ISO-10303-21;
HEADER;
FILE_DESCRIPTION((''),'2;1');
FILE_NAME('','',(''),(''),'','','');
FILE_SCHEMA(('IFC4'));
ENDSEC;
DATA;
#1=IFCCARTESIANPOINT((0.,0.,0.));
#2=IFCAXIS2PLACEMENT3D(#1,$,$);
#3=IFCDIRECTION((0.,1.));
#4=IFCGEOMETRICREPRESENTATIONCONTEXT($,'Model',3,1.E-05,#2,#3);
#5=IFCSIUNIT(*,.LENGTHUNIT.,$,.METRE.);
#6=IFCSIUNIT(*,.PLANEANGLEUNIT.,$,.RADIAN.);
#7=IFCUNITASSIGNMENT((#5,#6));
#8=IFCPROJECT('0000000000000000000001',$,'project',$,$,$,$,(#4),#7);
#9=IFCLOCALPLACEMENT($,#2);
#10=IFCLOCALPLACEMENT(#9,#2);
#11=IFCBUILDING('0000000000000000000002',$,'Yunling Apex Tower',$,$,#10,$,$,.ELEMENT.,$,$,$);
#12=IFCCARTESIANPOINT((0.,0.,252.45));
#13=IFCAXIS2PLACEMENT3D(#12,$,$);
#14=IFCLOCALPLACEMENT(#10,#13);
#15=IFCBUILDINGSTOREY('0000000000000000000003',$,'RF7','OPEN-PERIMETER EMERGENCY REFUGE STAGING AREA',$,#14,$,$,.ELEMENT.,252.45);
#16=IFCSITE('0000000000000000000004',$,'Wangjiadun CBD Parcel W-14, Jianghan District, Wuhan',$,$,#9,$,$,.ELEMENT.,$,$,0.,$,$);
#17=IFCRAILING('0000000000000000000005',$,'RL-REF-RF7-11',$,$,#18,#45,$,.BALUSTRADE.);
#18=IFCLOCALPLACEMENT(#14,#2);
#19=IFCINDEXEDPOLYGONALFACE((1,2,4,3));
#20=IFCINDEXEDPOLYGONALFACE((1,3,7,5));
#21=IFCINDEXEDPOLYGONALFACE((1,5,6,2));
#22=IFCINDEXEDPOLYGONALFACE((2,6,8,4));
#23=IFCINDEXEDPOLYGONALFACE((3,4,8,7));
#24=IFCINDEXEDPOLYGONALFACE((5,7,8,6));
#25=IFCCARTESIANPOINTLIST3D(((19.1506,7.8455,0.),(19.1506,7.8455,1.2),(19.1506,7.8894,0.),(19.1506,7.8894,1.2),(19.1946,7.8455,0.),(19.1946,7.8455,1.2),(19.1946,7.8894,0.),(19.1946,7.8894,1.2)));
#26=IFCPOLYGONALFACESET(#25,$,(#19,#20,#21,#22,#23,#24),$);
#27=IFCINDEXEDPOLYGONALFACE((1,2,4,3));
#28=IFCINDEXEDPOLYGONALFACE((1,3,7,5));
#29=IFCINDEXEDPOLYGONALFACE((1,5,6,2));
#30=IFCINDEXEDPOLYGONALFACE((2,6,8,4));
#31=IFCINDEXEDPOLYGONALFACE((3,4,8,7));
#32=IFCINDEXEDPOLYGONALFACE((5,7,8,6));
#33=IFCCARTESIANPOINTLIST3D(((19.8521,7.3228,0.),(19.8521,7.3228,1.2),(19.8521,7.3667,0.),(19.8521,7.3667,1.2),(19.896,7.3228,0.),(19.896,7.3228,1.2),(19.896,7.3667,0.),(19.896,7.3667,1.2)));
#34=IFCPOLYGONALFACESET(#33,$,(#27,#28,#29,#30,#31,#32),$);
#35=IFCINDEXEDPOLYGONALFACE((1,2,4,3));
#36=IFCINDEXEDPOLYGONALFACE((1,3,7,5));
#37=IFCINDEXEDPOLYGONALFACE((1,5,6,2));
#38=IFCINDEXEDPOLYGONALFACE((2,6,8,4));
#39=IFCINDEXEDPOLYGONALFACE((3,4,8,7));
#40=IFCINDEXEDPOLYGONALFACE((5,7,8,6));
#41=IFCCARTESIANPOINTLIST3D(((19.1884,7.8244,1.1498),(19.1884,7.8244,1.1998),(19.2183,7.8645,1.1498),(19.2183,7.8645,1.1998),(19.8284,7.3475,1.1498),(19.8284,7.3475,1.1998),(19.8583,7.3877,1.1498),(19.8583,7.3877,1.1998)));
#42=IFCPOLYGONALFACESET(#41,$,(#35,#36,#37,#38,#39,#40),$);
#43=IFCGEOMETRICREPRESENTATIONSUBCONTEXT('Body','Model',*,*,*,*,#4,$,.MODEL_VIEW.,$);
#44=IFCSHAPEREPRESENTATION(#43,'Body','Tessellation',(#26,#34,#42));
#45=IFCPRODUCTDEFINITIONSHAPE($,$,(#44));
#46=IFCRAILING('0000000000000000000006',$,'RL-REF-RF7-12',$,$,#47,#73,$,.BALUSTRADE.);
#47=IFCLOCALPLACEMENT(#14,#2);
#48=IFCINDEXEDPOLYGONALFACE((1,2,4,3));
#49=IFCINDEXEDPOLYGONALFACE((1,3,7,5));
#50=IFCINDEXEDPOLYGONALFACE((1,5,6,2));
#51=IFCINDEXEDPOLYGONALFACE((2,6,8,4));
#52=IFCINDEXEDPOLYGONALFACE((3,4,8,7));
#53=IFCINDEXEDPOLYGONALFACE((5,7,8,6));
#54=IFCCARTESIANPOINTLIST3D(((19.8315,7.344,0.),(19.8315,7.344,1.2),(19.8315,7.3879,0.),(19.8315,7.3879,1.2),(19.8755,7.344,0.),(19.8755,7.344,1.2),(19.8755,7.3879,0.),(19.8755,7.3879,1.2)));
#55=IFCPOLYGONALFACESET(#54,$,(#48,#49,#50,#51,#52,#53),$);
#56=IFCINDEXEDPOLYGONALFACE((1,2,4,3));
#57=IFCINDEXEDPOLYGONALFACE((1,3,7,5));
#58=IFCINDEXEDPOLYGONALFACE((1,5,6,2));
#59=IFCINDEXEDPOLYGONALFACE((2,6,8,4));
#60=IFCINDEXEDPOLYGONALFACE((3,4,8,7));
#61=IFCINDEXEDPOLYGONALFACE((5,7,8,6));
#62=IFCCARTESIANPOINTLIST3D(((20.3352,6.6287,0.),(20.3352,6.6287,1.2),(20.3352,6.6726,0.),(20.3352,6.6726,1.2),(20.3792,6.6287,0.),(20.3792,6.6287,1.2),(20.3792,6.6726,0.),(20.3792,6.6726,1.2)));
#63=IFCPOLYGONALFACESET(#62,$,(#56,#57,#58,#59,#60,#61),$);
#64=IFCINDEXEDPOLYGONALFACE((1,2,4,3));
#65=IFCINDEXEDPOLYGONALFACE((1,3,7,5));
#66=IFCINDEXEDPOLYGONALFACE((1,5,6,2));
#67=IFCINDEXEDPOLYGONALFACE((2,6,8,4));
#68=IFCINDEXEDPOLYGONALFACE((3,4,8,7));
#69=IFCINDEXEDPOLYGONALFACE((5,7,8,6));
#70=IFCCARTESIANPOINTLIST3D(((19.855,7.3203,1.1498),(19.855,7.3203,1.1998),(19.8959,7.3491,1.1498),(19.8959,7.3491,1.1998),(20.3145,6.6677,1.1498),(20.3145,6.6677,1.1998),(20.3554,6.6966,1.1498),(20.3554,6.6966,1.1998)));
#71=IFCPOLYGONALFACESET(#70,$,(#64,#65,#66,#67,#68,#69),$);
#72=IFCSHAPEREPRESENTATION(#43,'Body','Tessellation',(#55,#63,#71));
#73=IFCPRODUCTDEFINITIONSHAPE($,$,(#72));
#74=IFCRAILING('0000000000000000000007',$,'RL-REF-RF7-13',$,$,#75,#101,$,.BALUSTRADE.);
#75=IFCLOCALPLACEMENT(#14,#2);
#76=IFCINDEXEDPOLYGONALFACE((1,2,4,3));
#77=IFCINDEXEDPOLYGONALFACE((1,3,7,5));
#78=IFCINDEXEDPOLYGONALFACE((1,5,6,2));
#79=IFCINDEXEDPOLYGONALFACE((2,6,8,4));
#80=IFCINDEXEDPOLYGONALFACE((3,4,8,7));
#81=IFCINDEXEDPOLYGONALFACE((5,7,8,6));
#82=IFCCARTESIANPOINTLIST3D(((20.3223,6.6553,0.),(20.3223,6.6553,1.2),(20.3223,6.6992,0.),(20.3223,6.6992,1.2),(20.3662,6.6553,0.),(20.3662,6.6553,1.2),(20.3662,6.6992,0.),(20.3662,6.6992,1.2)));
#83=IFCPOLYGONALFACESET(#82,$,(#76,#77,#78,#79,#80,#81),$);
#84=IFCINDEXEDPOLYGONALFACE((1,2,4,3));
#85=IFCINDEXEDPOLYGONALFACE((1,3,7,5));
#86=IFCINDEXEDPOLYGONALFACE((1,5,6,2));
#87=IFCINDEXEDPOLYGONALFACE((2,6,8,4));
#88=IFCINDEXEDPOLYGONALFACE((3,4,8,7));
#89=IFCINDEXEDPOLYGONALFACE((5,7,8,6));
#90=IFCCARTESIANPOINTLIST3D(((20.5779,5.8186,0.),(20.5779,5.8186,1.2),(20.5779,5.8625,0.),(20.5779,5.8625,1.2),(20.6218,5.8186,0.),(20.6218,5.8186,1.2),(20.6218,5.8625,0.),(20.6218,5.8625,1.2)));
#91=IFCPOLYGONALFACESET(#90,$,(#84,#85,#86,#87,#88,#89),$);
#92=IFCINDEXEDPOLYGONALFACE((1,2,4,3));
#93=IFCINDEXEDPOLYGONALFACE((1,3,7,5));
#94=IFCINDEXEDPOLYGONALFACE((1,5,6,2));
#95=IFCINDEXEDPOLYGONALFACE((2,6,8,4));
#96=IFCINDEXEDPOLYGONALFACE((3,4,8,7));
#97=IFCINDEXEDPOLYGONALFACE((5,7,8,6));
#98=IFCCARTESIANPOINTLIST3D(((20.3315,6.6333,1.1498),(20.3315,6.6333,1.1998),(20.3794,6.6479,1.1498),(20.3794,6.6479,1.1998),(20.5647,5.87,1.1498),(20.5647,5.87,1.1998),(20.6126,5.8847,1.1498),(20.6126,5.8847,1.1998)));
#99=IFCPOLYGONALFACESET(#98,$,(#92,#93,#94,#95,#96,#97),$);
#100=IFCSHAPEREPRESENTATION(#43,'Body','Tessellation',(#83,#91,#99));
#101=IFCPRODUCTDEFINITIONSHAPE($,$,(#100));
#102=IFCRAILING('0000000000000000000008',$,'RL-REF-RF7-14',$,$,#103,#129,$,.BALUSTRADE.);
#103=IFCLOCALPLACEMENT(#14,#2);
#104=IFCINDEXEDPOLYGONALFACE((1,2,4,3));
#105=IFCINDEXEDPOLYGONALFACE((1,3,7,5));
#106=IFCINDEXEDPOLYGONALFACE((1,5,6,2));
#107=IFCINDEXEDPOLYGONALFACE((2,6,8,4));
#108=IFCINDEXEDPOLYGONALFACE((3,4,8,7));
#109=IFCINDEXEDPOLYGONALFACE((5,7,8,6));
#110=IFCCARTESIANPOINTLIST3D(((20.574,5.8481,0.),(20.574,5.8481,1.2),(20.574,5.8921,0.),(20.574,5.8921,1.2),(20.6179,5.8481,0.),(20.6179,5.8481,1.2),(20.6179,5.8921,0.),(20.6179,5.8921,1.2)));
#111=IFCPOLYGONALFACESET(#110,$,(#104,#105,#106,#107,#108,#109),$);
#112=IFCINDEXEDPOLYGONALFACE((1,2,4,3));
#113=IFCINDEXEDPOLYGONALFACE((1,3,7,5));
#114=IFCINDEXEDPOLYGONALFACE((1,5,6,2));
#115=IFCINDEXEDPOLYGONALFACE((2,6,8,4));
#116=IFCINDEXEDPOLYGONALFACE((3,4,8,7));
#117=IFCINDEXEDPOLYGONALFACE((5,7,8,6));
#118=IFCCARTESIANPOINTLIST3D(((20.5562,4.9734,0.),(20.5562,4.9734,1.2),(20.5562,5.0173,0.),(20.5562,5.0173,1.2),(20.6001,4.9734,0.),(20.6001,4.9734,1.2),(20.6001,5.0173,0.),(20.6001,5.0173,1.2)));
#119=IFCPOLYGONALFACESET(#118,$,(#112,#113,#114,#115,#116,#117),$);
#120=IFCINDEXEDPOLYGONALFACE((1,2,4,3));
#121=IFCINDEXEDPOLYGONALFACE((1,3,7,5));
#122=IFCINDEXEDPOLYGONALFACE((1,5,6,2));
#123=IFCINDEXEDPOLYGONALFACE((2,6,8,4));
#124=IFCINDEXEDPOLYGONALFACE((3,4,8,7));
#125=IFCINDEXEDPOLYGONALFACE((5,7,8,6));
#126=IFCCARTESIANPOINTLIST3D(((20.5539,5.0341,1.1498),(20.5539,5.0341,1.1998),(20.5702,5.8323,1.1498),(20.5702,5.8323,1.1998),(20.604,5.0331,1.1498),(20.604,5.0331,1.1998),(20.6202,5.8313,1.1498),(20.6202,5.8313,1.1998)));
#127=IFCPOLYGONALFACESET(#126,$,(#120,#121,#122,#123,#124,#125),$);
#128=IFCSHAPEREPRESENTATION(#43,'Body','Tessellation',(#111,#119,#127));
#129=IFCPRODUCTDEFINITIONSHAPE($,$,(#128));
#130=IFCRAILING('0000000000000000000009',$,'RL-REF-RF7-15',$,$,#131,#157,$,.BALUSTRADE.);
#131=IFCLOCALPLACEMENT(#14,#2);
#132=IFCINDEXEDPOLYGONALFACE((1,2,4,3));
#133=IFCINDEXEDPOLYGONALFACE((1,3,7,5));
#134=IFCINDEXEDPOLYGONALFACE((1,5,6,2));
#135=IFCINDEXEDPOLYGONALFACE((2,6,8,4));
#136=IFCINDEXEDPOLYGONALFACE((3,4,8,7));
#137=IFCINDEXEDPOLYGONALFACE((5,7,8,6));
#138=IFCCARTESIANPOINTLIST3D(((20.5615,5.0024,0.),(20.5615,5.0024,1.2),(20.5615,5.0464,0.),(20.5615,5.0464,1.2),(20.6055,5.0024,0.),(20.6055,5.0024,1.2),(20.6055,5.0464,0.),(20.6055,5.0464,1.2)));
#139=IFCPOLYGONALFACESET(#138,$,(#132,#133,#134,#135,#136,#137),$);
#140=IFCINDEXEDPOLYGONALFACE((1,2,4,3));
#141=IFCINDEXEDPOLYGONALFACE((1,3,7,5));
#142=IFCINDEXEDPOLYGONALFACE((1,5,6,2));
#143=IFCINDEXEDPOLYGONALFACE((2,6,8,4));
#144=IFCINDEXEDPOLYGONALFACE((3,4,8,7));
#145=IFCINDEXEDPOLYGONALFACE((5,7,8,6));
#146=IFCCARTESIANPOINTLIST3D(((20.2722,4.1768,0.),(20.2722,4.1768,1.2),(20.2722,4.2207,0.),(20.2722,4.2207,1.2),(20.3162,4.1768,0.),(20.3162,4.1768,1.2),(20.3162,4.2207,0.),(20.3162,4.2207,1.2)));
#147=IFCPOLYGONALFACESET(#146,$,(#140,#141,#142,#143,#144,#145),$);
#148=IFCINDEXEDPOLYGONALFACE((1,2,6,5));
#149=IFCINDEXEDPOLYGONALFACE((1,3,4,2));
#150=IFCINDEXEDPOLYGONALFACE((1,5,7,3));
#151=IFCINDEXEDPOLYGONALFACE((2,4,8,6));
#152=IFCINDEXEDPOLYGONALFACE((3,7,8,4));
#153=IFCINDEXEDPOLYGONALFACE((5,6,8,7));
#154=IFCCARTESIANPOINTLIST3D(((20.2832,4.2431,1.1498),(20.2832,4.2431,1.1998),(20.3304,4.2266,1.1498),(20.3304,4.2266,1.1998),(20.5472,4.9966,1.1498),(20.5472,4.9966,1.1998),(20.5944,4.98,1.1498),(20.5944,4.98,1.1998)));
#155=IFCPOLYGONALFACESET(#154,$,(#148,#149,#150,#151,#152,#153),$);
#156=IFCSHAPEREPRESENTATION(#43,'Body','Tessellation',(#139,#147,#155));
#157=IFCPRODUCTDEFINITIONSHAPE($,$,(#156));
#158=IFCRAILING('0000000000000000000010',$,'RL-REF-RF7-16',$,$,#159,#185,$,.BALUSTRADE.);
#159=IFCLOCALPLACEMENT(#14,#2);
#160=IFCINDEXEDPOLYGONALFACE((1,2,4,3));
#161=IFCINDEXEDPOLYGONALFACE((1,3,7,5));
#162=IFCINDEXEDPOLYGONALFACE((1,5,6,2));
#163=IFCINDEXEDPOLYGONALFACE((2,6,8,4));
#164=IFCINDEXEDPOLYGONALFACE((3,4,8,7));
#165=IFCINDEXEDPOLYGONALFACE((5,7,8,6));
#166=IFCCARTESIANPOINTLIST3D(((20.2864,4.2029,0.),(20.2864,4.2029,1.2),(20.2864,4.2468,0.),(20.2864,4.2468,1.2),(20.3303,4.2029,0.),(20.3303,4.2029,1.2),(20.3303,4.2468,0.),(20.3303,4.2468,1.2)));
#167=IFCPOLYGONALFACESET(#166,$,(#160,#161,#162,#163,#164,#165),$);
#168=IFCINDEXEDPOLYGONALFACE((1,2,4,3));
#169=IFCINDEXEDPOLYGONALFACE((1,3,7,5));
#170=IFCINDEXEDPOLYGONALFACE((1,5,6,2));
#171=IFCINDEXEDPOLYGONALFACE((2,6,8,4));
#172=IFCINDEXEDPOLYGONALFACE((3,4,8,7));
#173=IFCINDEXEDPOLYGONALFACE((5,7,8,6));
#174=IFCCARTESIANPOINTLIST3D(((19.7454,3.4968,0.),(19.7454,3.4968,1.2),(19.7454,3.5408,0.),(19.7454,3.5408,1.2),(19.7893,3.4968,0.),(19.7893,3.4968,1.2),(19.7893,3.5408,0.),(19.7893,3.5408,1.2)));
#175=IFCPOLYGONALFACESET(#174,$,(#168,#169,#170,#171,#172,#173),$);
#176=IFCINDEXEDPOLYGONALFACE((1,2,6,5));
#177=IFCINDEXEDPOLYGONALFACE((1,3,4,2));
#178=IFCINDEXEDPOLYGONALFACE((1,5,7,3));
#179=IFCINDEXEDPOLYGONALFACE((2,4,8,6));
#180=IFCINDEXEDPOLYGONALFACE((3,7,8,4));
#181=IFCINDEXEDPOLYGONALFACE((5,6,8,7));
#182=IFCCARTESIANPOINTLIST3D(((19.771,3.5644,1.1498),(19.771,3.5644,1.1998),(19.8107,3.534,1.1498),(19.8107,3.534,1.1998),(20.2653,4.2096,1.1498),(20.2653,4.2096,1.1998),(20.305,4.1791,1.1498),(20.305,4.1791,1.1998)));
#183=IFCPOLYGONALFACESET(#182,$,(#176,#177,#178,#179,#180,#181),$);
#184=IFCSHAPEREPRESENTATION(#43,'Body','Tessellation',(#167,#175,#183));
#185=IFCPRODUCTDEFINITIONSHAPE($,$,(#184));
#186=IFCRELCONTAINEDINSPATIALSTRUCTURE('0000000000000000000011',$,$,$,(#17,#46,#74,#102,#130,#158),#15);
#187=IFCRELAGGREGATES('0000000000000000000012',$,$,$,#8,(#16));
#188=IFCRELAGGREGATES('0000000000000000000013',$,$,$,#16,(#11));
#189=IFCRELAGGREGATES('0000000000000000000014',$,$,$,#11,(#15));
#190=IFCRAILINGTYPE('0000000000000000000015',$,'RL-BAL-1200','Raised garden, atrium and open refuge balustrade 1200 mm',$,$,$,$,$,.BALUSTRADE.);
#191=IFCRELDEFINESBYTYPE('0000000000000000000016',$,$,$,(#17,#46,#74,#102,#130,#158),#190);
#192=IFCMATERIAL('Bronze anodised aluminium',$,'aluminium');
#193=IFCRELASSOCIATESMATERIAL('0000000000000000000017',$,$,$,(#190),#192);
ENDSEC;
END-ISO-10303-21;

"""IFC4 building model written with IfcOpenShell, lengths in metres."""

from ifc_helpers import new_model, si_unit, direction, frame, origin, origin_2d, place, context, subcontext, project, spatial, rectangle, extrude, material, type_object, element, save


model = new_model("IFC4")

# Units and contexts
model_context = context("Model", 3, precision=1e-05, world=origin(), true_north=direction((0.0, 1.0)))
body_context = subcontext(model_context, "Body", "Model", "MODEL_VIEW")
ifc_project = project(units=[si_unit("LENGTHUNIT", "METRE"), si_unit("PLANEANGLEUNIT", "RADIAN")], contexts=[model_context])

# Site, building, storey
site_placement = place(None, origin())
site = spatial("IfcSite", under=ifc_project, at=site_placement, Name="Wangjiadun CBD Parcel W-14, Jianghan District, Wuhan", CompositionType="ELEMENT", RefElevation=0.0)
building_placement = place(site_placement, origin())
building = spatial("IfcBuilding", under=site, at=building_placement, Name="Yunling Apex Tower", CompositionType="ELEMENT")
storey_placement = place(building_placement, frame((0.0, 0.0, 252.45)))
storey = spatial("IfcBuildingStorey", under=building, at=storey_placement, Name="RF7", Description="OPEN-PERIMETER EMERGENCY REFUGE STAGING AREA", CompositionType="ELEMENT", Elevation=252.45)

# Railings
ifc_material_1 = material(Name="Bronze anodised aluminium", Category="aluminium")
railing_type = type_object("IfcRailingType", Name="RL-BAL-1200", Description="Raised garden, atrium and open refuge balustrade 1200 mm", PredefinedType="BALUSTRADE", material=ifc_material_1)
railing_1_placement = place(storey_placement, frame((19.1726, 7.8674, 0.0)))
element("IfcRailing", 1, at=railing_1_placement, inside=storey, type_object=railing_type, Name="RL-REF-RF7-11", PredefinedType="BALUSTRADE", context=body_context, shape_type="SweptSolid", body=[
    extrude(rectangle(XDim=0.0439, YDim=0.0439, at=origin_2d()), origin(), (0.0, 0.0, 1.0), 1.2),
    extrude(rectangle(XDim=0.0439, YDim=0.0439, at=origin_2d()), frame((0.7014, -0.5227, 0.0)), (0.0, 0.0, 1.0), 1.2),
    extrude(rectangle(XDim=0.05, YDim=0.05, at=origin_2d()), frame((0.0308, -0.0229, 1.1748), z_axis=(0.801838, -0.597541, 0.0), x_axis=(0.597541, 0.801838, 0.0)), (0.0, 0.0, 1.0), 0.7981),
])
railing_2_placement = place(storey_placement, frame((19.8535, 7.366, 0.0)))
element("IfcRailing", 2, at=railing_2_placement, inside=storey, type_object=railing_type, Name="RL-REF-RF7-12", PredefinedType="BALUSTRADE", context=body_context, shape_type="SweptSolid", body=[
    extrude(rectangle(XDim=0.0439, YDim=0.0439, at=origin_2d()), origin(), (0.0, 0.0, 1.0), 1.2),
    extrude(rectangle(XDim=0.0439, YDim=0.0439, at=origin_2d()), frame((0.5037, -0.7153, 0.0)), (0.0, 0.0, 1.0), 1.2),
    extrude(rectangle(XDim=0.05, YDim=0.05, at=origin_2d()), frame((0.022, -0.0312, 1.1748), z_axis=(0.575708, -0.817656, 0.0), x_axis=(0.817656, 0.575708, 0.0)), (0.0, 0.0, 1.0), 0.7981),
])
railing_3_placement = place(storey_placement, frame((20.3442, 6.6772, 0.0)))
element("IfcRailing", 3, at=railing_3_placement, inside=storey, type_object=railing_type, Name="RL-REF-RF7-13", PredefinedType="BALUSTRADE", context=body_context, shape_type="SweptSolid", body=[
    extrude(rectangle(XDim=0.0439, YDim=0.0439, at=origin_2d()), origin(), (0.0, 0.0, 1.0), 1.2),
    extrude(rectangle(XDim=0.0439, YDim=0.0439, at=origin_2d()), frame((0.2556, -0.8367, 0.0)), (0.0, 0.0, 1.0), 1.2),
    extrude(rectangle(XDim=0.05, YDim=0.05, at=origin_2d()), frame((0.0112, -0.0366, 1.1748), z_axis=(0.292183, -0.956362, 0.0), x_axis=(0.956362, 0.292183, 0.0)), (0.0, 0.0, 1.0), 0.7981),
])
railing_4_placement = place(storey_placement, frame((20.5959, 5.8701, 0.0)))
element("IfcRailing", 4, at=railing_4_placement, inside=storey, type_object=railing_type, Name="RL-REF-RF7-14", PredefinedType="BALUSTRADE", context=body_context, shape_type="SweptSolid", body=[
    extrude(rectangle(XDim=0.0439, YDim=0.0439, at=origin_2d()), origin(), (0.0, 0.0, 1.0), 1.2),
    extrude(rectangle(XDim=0.0439, YDim=0.0439, at=origin_2d()), frame((-0.0178, -0.8748, 0.0)), (0.0, 0.0, 1.0), 1.2),
    extrude(rectangle(XDim=0.05, YDim=0.05, at=origin_2d()), frame((-0.0007, -0.0383, 1.1748), z_axis=(-0.02037, -0.999793, 0.0), x_axis=(0.999793, -0.02037, 0.0)), (0.0, 0.0, 1.0), 0.7983),
])
railing_5_placement = place(storey_placement, frame((20.5835, 5.0244, 0.0)))
element("IfcRailing", 5, at=railing_5_placement, inside=storey, type_object=railing_type, Name="RL-REF-RF7-15", PredefinedType="BALUSTRADE", context=body_context, shape_type="SweptSolid", body=[
    extrude(rectangle(XDim=0.0439, YDim=0.0439, at=origin_2d()), origin(), (0.0, 0.0, 1.0), 1.2),
    extrude(rectangle(XDim=0.0439, YDim=0.0439, at=origin_2d()), frame((-0.2893, -0.8257, 0.0)), (0.0, 0.0, 1.0), 1.2),
    extrude(rectangle(XDim=0.05, YDim=0.05, at=origin_2d()), frame((-0.0127, -0.0361, 1.1748), z_axis=(-0.330674, -0.943745, 0.0), x_axis=(0.943745, -0.330674, 0.0)), (0.0, 0.0, 1.0), 0.7983),
])
railing_6_placement = place(storey_placement, frame((20.3083, 4.2249, 0.0)))
element("IfcRailing", 6, at=railing_6_placement, inside=storey, type_object=railing_type, Name="RL-REF-RF7-16", PredefinedType="BALUSTRADE", context=body_context, shape_type="SweptSolid", body=[
    extrude(rectangle(XDim=0.0439, YDim=0.0439, at=origin_2d()), origin(), (0.0, 0.0, 1.0), 1.2),
    extrude(rectangle(XDim=0.0439, YDim=0.0439, at=origin_2d()), frame((-0.541, -0.7061, 0.0)), (0.0, 0.0, 1.0), 1.2),
    extrude(rectangle(XDim=0.05, YDim=0.05, at=origin_2d()), frame((-0.0232, -0.0305, 1.1748), z_axis=(-0.608224, -0.793765, 0.0), x_axis=(0.793765, -0.608224, 0.0)), (0.0, 0.0, 1.0), 0.8127),
])

save(model, "model.ifc")
